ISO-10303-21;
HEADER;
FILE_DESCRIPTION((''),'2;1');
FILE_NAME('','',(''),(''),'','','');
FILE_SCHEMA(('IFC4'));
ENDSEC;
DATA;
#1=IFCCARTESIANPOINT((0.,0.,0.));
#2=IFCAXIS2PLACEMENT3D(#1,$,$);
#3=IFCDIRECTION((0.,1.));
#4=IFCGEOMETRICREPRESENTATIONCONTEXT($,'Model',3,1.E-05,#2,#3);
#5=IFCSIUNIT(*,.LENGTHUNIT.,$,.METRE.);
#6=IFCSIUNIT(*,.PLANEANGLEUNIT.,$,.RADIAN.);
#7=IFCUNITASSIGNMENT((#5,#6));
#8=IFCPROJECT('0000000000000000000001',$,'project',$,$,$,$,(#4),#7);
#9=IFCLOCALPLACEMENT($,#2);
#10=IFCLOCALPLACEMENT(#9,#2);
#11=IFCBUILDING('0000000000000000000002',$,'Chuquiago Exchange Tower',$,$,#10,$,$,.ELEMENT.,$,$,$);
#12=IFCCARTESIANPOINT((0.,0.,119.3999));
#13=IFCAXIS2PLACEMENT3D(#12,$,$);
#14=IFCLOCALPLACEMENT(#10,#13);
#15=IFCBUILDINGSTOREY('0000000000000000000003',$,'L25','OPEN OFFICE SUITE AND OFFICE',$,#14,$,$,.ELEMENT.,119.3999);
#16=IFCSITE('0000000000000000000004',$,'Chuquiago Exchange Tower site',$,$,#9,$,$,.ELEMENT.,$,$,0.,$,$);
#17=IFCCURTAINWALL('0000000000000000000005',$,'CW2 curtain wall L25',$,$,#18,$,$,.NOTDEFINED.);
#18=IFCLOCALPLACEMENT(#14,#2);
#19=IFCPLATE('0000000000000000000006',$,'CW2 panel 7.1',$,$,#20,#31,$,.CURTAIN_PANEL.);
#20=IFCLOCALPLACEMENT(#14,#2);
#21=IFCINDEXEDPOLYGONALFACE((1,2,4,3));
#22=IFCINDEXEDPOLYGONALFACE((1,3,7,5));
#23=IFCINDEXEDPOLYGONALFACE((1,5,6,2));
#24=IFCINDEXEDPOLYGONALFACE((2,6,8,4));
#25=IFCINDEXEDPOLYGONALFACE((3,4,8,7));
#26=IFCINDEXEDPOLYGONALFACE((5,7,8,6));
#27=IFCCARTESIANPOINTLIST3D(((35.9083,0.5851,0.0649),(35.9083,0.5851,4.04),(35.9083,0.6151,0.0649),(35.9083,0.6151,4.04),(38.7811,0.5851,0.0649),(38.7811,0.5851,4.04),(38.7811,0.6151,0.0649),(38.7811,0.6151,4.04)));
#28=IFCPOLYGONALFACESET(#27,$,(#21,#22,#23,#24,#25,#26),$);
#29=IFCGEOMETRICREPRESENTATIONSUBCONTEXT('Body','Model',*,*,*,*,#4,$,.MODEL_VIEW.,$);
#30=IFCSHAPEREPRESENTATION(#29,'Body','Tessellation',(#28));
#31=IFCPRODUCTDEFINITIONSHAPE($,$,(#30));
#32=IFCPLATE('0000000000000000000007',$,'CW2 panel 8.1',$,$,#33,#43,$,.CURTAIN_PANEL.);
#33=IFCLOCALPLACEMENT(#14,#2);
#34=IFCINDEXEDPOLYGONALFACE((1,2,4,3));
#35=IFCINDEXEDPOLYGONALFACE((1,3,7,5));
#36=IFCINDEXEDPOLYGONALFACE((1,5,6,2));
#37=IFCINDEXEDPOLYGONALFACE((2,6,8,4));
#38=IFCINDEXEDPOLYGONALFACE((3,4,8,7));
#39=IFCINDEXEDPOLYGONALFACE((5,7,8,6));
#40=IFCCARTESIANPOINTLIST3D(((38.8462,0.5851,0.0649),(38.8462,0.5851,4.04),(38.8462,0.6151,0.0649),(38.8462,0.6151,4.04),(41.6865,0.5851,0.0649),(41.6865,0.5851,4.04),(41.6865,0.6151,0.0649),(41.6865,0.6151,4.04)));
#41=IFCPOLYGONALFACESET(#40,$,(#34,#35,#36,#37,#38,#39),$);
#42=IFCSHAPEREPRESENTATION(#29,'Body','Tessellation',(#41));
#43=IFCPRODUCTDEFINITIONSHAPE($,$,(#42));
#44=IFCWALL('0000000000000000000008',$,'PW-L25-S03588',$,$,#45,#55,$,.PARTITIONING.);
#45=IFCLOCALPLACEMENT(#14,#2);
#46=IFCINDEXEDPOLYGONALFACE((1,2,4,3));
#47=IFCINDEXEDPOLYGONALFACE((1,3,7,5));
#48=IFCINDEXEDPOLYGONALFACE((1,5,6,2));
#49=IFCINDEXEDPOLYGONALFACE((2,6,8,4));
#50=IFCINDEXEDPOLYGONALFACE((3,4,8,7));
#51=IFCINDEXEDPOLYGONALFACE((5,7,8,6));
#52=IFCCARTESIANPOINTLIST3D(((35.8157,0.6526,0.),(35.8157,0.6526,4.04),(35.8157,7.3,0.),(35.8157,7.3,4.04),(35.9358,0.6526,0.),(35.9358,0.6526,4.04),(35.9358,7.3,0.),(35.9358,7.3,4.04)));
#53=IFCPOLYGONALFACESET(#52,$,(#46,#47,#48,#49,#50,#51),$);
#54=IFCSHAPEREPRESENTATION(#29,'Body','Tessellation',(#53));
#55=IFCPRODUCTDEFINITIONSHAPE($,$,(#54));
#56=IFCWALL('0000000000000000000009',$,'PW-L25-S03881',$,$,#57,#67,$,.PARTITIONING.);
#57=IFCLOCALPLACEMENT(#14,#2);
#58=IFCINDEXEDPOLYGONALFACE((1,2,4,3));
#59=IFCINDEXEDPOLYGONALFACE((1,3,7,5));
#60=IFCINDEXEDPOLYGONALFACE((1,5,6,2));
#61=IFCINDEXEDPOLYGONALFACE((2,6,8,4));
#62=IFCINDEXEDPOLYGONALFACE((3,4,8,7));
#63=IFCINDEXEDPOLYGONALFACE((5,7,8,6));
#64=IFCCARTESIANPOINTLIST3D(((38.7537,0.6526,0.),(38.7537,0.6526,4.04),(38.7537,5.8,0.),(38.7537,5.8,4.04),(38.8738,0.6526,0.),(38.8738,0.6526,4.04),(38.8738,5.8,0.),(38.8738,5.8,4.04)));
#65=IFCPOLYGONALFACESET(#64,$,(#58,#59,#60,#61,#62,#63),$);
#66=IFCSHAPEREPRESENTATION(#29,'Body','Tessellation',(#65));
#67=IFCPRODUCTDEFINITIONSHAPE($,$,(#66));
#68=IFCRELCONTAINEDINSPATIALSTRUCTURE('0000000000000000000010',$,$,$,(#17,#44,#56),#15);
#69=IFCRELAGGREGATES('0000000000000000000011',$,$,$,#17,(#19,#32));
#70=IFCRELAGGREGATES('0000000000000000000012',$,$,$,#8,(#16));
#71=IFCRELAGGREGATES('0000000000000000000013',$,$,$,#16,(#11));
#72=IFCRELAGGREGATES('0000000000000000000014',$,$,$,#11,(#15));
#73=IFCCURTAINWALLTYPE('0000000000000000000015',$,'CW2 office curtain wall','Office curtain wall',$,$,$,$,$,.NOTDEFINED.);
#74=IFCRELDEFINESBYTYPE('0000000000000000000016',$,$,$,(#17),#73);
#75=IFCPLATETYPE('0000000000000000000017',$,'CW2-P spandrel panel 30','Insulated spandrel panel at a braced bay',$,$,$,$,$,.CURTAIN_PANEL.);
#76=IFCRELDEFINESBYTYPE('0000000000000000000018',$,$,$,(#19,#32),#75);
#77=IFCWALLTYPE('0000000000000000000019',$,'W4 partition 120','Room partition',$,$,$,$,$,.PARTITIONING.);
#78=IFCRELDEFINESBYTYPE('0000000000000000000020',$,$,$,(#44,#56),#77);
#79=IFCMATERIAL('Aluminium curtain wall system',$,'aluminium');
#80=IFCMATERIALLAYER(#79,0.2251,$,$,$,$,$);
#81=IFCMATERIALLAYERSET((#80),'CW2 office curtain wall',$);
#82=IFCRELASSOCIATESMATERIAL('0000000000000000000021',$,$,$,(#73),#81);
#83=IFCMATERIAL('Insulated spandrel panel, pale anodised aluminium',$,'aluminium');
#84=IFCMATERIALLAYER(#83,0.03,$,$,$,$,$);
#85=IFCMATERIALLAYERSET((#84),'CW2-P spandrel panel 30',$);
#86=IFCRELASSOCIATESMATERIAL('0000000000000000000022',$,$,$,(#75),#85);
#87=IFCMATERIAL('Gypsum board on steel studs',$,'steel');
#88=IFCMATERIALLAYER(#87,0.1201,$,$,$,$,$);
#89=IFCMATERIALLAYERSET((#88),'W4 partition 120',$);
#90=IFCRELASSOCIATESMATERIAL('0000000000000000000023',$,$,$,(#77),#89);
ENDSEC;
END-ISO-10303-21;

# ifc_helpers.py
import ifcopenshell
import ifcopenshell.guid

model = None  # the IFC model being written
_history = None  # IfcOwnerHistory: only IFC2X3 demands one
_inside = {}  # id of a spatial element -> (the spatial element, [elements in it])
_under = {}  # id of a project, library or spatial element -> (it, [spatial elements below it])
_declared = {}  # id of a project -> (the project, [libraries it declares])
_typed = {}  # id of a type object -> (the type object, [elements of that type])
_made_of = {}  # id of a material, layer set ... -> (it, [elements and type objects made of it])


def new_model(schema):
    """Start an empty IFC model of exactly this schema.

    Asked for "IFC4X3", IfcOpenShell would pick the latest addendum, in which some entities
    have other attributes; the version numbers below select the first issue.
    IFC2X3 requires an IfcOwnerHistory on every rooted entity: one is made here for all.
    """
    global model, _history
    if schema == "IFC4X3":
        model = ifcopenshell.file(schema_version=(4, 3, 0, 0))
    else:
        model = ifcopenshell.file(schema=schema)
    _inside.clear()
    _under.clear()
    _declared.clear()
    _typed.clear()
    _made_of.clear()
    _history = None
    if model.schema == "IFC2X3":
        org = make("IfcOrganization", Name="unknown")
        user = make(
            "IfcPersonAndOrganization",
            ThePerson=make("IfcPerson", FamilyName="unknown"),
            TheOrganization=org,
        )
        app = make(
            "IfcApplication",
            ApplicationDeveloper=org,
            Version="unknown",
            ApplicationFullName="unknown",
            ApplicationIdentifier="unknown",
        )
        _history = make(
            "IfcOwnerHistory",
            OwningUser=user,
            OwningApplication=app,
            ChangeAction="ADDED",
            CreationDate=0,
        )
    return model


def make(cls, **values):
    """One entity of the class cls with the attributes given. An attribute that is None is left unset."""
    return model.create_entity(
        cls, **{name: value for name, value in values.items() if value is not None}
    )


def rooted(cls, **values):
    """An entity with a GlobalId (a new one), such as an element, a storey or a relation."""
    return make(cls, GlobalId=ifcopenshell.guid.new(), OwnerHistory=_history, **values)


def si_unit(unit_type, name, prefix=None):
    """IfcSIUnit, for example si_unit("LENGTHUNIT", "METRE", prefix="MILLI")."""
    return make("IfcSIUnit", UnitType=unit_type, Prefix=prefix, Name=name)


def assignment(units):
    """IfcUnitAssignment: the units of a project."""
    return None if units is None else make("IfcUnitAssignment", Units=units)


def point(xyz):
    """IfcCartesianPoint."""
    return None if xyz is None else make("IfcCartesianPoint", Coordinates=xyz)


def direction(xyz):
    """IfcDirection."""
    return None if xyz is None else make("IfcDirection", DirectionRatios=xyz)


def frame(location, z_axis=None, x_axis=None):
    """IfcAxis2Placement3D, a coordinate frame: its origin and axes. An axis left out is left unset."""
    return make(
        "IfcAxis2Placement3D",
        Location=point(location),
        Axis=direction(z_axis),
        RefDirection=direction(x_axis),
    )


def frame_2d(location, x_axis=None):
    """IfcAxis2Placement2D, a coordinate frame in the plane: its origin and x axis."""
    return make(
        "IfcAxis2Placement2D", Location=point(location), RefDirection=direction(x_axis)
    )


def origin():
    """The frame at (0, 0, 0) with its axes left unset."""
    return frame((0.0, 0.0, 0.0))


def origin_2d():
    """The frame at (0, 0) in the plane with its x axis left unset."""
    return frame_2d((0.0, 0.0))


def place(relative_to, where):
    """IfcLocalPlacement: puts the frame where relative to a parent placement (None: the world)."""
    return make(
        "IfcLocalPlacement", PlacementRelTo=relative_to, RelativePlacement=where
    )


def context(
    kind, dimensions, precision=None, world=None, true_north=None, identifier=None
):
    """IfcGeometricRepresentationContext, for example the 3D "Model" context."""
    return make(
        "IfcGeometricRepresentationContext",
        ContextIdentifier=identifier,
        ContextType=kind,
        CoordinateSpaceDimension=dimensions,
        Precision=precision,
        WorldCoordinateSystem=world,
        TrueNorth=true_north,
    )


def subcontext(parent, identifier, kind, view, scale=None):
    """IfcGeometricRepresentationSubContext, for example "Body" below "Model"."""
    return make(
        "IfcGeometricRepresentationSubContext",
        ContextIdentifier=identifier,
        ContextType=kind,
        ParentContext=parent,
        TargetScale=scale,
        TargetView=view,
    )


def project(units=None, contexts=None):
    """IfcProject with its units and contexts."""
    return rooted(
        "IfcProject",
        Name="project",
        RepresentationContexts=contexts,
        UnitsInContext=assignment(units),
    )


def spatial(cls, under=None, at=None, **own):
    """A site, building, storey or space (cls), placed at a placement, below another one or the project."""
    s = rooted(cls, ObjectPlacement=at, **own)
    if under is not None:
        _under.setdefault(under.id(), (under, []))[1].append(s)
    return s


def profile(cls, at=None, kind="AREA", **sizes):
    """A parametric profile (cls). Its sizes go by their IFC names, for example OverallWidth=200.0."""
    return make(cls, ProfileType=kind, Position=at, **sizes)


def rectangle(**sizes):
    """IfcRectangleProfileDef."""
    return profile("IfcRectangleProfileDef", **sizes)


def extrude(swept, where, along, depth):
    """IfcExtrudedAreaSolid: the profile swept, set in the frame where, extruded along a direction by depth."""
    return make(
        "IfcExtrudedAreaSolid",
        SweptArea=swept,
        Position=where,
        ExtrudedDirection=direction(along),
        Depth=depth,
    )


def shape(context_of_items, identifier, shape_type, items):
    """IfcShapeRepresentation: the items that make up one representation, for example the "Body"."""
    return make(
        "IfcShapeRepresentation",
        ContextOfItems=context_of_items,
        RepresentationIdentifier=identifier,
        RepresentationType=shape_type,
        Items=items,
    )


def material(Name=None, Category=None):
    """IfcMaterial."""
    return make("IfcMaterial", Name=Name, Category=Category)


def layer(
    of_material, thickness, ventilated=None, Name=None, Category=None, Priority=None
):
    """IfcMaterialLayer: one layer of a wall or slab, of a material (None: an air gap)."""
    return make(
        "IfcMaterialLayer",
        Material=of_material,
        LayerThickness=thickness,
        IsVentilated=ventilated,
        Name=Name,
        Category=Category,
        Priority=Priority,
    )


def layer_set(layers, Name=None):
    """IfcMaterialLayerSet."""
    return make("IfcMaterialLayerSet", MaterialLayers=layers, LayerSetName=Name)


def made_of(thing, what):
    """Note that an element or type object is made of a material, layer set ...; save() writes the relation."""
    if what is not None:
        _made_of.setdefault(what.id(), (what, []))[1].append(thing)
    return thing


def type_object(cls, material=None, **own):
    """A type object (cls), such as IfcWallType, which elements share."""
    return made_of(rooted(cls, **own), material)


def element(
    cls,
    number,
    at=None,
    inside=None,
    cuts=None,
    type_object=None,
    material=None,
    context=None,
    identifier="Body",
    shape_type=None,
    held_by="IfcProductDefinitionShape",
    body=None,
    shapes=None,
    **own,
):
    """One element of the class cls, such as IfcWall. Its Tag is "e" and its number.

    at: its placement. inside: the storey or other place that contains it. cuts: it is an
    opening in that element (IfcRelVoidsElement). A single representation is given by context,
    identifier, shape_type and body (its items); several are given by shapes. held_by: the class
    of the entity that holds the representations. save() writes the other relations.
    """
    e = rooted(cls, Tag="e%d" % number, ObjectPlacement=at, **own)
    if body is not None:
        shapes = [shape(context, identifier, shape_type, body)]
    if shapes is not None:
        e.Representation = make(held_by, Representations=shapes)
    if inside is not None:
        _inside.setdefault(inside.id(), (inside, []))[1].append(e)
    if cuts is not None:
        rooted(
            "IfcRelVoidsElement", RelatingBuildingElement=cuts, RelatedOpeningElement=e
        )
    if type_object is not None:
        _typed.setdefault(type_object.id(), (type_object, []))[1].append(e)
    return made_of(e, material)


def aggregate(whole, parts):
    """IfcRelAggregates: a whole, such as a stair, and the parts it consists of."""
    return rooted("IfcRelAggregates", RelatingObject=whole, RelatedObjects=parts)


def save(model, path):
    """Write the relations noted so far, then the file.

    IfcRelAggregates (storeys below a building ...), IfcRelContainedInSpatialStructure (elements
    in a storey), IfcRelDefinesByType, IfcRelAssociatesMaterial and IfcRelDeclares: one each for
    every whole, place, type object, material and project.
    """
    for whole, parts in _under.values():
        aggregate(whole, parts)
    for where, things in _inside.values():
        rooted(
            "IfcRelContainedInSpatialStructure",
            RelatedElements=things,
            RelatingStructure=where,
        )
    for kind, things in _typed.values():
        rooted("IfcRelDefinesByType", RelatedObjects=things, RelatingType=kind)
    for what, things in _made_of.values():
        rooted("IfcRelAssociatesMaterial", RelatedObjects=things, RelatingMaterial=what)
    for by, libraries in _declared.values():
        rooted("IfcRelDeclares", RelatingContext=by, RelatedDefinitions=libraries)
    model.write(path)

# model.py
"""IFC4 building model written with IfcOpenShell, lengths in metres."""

from ifc_helpers import new_model, si_unit, direction, frame, frame_2d, origin, origin_2d, place, context, subcontext, project, spatial, rectangle, extrude, material, layer, layer_set, type_object, element, aggregate, save


model = new_model("IFC4")

# Units and contexts
model_context = context("Model", 3, precision=1e-05, world=origin(), true_north=direction((0.0, 1.0)))
body_context = subcontext(model_context, "Body", "Model", "MODEL_VIEW")
ifc_project = project(units=[si_unit("LENGTHUNIT", "METRE"), si_unit("PLANEANGLEUNIT", "RADIAN")], contexts=[model_context])

# Site, building, storey
site_placement = place(None, origin())
site = spatial("IfcSite", under=ifc_project, at=site_placement, Name="Chuquiago Exchange Tower site", CompositionType="ELEMENT", RefElevation=0.0)
building_placement = place(site_placement, origin())
building = spatial("IfcBuilding", under=site, at=building_placement, Name="Chuquiago Exchange Tower", CompositionType="ELEMENT")
storey_placement = place(building_placement, frame((0.0, 0.0, 119.3999)))
storey = spatial("IfcBuildingStorey", under=building, at=storey_placement, Name="L25", Description="OPEN OFFICE SUITE AND OFFICE", CompositionType="ELEMENT", Elevation=119.3999)

# Curtain wall
ifc_material_1 = material(Name="Aluminium curtain wall system", Category="aluminium")
ifc_layer_1 = layer(ifc_material_1, 0.2251)
ifc_layer_set_1 = layer_set([ifc_layer_1], Name="CW2 office curtain wall")
curtain_wall_type = type_object("IfcCurtainWallType", Name="CW2 office curtain wall", Description="Office curtain wall", PredefinedType="NOTDEFINED", material=ifc_layer_set_1)
curtain_wall_placement = place(storey_placement, origin())
curtain_wall = element("IfcCurtainWall", 1, at=curtain_wall_placement, inside=storey, type_object=curtain_wall_type, Name="CW2 curtain wall L25", PredefinedType="NOTDEFINED")

# Plates
ifc_material_2 = material(Name="Insulated spandrel panel, pale anodised aluminium", Category="aluminium")
ifc_layer_2 = layer(ifc_material_2, 0.03)
ifc_layer_set_2 = layer_set([ifc_layer_2], Name="CW2-P spandrel panel 30")
plate_type_1 = type_object("IfcPlateType", Name="CW2-P spandrel panel 30", Description="Insulated spandrel panel at a braced bay", PredefinedType="CURTAIN_PANEL", material=ifc_layer_set_2)
plate_1_placement = place(storey_placement, frame((37.3447, 0.6001, 0.0649), z_axis=(0.0, 0.0, 1.0), x_axis=(1.0, 0.0, 0.0)))
plate_1 = element("IfcPlate", 2, at=plate_1_placement, type_object=plate_type_1, Name="CW2 panel 7.1", PredefinedType="CURTAIN_PANEL", context=body_context, shape_type="SweptSolid", body=[
    extrude(rectangle(XDim=2.8728, YDim=0.03, at=origin_2d()), origin(), (0.0, 0.0, 1.0), 3.9751),
])
plate_2_placement = place(storey_placement, frame((40.2664, 0.6001, 0.0649), z_axis=(0.0, 0.0, 1.0), x_axis=(1.0, 0.0, 0.0)))
plate_2 = element("IfcPlate", 3, at=plate_2_placement, type_object=plate_type_1, Name="CW2 panel 8.1", PredefinedType="CURTAIN_PANEL", context=body_context, shape_type="SweptSolid", body=[
    extrude(rectangle(XDim=2.8403, YDim=0.03, at=origin_2d()), origin(), (0.0, 0.0, 1.0), 3.9751),
])
aggregate(curtain_wall, [plate_1, plate_2])

# Walls
ifc_material_3 = material(Name="Gypsum board on steel studs", Category="steel")
ifc_layer_3 = layer(ifc_material_3, 0.1201)
ifc_layer_set_3 = layer_set([ifc_layer_3], Name="W4 partition 120")
wall_type = type_object("IfcWallType", Name="W4 partition 120", Description="Room partition", PredefinedType="PARTITIONING", material=ifc_layer_set_3)
wall_1_placement = place(storey_placement, frame((35.8757, 0.6526, 0.0), z_axis=(0.0, 0.0, 1.0), x_axis=(0.0, 1.0, 0.0)))
element("IfcWall", 4, at=wall_1_placement, inside=storey, type_object=wall_type, Name="PW-L25-S03588", PredefinedType="PARTITIONING", context=body_context, shape_type="SweptSolid", body=[
    extrude(rectangle(XDim=6.6475, YDim=0.1201, at=frame_2d((3.3237, 0.0))), origin(), (0.0, 0.0, 1.0), 4.04),
])
wall_2_placement = place(storey_placement, frame((38.8137, 0.6526, 0.0), z_axis=(0.0, 0.0, 1.0), x_axis=(0.0, 1.0, 0.0)))
element("IfcWall", 5, at=wall_2_placement, inside=storey, type_object=wall_type, Name="PW-L25-S03881", PredefinedType="PARTITIONING", context=body_context, shape_type="SweptSolid", body=[
    extrude(rectangle(XDim=5.1475, YDim=0.1201, at=frame_2d((2.5737, 0.0))), origin(), (0.0, 0.0, 1.0), 4.04),
])

save(model, "model.ifc")
